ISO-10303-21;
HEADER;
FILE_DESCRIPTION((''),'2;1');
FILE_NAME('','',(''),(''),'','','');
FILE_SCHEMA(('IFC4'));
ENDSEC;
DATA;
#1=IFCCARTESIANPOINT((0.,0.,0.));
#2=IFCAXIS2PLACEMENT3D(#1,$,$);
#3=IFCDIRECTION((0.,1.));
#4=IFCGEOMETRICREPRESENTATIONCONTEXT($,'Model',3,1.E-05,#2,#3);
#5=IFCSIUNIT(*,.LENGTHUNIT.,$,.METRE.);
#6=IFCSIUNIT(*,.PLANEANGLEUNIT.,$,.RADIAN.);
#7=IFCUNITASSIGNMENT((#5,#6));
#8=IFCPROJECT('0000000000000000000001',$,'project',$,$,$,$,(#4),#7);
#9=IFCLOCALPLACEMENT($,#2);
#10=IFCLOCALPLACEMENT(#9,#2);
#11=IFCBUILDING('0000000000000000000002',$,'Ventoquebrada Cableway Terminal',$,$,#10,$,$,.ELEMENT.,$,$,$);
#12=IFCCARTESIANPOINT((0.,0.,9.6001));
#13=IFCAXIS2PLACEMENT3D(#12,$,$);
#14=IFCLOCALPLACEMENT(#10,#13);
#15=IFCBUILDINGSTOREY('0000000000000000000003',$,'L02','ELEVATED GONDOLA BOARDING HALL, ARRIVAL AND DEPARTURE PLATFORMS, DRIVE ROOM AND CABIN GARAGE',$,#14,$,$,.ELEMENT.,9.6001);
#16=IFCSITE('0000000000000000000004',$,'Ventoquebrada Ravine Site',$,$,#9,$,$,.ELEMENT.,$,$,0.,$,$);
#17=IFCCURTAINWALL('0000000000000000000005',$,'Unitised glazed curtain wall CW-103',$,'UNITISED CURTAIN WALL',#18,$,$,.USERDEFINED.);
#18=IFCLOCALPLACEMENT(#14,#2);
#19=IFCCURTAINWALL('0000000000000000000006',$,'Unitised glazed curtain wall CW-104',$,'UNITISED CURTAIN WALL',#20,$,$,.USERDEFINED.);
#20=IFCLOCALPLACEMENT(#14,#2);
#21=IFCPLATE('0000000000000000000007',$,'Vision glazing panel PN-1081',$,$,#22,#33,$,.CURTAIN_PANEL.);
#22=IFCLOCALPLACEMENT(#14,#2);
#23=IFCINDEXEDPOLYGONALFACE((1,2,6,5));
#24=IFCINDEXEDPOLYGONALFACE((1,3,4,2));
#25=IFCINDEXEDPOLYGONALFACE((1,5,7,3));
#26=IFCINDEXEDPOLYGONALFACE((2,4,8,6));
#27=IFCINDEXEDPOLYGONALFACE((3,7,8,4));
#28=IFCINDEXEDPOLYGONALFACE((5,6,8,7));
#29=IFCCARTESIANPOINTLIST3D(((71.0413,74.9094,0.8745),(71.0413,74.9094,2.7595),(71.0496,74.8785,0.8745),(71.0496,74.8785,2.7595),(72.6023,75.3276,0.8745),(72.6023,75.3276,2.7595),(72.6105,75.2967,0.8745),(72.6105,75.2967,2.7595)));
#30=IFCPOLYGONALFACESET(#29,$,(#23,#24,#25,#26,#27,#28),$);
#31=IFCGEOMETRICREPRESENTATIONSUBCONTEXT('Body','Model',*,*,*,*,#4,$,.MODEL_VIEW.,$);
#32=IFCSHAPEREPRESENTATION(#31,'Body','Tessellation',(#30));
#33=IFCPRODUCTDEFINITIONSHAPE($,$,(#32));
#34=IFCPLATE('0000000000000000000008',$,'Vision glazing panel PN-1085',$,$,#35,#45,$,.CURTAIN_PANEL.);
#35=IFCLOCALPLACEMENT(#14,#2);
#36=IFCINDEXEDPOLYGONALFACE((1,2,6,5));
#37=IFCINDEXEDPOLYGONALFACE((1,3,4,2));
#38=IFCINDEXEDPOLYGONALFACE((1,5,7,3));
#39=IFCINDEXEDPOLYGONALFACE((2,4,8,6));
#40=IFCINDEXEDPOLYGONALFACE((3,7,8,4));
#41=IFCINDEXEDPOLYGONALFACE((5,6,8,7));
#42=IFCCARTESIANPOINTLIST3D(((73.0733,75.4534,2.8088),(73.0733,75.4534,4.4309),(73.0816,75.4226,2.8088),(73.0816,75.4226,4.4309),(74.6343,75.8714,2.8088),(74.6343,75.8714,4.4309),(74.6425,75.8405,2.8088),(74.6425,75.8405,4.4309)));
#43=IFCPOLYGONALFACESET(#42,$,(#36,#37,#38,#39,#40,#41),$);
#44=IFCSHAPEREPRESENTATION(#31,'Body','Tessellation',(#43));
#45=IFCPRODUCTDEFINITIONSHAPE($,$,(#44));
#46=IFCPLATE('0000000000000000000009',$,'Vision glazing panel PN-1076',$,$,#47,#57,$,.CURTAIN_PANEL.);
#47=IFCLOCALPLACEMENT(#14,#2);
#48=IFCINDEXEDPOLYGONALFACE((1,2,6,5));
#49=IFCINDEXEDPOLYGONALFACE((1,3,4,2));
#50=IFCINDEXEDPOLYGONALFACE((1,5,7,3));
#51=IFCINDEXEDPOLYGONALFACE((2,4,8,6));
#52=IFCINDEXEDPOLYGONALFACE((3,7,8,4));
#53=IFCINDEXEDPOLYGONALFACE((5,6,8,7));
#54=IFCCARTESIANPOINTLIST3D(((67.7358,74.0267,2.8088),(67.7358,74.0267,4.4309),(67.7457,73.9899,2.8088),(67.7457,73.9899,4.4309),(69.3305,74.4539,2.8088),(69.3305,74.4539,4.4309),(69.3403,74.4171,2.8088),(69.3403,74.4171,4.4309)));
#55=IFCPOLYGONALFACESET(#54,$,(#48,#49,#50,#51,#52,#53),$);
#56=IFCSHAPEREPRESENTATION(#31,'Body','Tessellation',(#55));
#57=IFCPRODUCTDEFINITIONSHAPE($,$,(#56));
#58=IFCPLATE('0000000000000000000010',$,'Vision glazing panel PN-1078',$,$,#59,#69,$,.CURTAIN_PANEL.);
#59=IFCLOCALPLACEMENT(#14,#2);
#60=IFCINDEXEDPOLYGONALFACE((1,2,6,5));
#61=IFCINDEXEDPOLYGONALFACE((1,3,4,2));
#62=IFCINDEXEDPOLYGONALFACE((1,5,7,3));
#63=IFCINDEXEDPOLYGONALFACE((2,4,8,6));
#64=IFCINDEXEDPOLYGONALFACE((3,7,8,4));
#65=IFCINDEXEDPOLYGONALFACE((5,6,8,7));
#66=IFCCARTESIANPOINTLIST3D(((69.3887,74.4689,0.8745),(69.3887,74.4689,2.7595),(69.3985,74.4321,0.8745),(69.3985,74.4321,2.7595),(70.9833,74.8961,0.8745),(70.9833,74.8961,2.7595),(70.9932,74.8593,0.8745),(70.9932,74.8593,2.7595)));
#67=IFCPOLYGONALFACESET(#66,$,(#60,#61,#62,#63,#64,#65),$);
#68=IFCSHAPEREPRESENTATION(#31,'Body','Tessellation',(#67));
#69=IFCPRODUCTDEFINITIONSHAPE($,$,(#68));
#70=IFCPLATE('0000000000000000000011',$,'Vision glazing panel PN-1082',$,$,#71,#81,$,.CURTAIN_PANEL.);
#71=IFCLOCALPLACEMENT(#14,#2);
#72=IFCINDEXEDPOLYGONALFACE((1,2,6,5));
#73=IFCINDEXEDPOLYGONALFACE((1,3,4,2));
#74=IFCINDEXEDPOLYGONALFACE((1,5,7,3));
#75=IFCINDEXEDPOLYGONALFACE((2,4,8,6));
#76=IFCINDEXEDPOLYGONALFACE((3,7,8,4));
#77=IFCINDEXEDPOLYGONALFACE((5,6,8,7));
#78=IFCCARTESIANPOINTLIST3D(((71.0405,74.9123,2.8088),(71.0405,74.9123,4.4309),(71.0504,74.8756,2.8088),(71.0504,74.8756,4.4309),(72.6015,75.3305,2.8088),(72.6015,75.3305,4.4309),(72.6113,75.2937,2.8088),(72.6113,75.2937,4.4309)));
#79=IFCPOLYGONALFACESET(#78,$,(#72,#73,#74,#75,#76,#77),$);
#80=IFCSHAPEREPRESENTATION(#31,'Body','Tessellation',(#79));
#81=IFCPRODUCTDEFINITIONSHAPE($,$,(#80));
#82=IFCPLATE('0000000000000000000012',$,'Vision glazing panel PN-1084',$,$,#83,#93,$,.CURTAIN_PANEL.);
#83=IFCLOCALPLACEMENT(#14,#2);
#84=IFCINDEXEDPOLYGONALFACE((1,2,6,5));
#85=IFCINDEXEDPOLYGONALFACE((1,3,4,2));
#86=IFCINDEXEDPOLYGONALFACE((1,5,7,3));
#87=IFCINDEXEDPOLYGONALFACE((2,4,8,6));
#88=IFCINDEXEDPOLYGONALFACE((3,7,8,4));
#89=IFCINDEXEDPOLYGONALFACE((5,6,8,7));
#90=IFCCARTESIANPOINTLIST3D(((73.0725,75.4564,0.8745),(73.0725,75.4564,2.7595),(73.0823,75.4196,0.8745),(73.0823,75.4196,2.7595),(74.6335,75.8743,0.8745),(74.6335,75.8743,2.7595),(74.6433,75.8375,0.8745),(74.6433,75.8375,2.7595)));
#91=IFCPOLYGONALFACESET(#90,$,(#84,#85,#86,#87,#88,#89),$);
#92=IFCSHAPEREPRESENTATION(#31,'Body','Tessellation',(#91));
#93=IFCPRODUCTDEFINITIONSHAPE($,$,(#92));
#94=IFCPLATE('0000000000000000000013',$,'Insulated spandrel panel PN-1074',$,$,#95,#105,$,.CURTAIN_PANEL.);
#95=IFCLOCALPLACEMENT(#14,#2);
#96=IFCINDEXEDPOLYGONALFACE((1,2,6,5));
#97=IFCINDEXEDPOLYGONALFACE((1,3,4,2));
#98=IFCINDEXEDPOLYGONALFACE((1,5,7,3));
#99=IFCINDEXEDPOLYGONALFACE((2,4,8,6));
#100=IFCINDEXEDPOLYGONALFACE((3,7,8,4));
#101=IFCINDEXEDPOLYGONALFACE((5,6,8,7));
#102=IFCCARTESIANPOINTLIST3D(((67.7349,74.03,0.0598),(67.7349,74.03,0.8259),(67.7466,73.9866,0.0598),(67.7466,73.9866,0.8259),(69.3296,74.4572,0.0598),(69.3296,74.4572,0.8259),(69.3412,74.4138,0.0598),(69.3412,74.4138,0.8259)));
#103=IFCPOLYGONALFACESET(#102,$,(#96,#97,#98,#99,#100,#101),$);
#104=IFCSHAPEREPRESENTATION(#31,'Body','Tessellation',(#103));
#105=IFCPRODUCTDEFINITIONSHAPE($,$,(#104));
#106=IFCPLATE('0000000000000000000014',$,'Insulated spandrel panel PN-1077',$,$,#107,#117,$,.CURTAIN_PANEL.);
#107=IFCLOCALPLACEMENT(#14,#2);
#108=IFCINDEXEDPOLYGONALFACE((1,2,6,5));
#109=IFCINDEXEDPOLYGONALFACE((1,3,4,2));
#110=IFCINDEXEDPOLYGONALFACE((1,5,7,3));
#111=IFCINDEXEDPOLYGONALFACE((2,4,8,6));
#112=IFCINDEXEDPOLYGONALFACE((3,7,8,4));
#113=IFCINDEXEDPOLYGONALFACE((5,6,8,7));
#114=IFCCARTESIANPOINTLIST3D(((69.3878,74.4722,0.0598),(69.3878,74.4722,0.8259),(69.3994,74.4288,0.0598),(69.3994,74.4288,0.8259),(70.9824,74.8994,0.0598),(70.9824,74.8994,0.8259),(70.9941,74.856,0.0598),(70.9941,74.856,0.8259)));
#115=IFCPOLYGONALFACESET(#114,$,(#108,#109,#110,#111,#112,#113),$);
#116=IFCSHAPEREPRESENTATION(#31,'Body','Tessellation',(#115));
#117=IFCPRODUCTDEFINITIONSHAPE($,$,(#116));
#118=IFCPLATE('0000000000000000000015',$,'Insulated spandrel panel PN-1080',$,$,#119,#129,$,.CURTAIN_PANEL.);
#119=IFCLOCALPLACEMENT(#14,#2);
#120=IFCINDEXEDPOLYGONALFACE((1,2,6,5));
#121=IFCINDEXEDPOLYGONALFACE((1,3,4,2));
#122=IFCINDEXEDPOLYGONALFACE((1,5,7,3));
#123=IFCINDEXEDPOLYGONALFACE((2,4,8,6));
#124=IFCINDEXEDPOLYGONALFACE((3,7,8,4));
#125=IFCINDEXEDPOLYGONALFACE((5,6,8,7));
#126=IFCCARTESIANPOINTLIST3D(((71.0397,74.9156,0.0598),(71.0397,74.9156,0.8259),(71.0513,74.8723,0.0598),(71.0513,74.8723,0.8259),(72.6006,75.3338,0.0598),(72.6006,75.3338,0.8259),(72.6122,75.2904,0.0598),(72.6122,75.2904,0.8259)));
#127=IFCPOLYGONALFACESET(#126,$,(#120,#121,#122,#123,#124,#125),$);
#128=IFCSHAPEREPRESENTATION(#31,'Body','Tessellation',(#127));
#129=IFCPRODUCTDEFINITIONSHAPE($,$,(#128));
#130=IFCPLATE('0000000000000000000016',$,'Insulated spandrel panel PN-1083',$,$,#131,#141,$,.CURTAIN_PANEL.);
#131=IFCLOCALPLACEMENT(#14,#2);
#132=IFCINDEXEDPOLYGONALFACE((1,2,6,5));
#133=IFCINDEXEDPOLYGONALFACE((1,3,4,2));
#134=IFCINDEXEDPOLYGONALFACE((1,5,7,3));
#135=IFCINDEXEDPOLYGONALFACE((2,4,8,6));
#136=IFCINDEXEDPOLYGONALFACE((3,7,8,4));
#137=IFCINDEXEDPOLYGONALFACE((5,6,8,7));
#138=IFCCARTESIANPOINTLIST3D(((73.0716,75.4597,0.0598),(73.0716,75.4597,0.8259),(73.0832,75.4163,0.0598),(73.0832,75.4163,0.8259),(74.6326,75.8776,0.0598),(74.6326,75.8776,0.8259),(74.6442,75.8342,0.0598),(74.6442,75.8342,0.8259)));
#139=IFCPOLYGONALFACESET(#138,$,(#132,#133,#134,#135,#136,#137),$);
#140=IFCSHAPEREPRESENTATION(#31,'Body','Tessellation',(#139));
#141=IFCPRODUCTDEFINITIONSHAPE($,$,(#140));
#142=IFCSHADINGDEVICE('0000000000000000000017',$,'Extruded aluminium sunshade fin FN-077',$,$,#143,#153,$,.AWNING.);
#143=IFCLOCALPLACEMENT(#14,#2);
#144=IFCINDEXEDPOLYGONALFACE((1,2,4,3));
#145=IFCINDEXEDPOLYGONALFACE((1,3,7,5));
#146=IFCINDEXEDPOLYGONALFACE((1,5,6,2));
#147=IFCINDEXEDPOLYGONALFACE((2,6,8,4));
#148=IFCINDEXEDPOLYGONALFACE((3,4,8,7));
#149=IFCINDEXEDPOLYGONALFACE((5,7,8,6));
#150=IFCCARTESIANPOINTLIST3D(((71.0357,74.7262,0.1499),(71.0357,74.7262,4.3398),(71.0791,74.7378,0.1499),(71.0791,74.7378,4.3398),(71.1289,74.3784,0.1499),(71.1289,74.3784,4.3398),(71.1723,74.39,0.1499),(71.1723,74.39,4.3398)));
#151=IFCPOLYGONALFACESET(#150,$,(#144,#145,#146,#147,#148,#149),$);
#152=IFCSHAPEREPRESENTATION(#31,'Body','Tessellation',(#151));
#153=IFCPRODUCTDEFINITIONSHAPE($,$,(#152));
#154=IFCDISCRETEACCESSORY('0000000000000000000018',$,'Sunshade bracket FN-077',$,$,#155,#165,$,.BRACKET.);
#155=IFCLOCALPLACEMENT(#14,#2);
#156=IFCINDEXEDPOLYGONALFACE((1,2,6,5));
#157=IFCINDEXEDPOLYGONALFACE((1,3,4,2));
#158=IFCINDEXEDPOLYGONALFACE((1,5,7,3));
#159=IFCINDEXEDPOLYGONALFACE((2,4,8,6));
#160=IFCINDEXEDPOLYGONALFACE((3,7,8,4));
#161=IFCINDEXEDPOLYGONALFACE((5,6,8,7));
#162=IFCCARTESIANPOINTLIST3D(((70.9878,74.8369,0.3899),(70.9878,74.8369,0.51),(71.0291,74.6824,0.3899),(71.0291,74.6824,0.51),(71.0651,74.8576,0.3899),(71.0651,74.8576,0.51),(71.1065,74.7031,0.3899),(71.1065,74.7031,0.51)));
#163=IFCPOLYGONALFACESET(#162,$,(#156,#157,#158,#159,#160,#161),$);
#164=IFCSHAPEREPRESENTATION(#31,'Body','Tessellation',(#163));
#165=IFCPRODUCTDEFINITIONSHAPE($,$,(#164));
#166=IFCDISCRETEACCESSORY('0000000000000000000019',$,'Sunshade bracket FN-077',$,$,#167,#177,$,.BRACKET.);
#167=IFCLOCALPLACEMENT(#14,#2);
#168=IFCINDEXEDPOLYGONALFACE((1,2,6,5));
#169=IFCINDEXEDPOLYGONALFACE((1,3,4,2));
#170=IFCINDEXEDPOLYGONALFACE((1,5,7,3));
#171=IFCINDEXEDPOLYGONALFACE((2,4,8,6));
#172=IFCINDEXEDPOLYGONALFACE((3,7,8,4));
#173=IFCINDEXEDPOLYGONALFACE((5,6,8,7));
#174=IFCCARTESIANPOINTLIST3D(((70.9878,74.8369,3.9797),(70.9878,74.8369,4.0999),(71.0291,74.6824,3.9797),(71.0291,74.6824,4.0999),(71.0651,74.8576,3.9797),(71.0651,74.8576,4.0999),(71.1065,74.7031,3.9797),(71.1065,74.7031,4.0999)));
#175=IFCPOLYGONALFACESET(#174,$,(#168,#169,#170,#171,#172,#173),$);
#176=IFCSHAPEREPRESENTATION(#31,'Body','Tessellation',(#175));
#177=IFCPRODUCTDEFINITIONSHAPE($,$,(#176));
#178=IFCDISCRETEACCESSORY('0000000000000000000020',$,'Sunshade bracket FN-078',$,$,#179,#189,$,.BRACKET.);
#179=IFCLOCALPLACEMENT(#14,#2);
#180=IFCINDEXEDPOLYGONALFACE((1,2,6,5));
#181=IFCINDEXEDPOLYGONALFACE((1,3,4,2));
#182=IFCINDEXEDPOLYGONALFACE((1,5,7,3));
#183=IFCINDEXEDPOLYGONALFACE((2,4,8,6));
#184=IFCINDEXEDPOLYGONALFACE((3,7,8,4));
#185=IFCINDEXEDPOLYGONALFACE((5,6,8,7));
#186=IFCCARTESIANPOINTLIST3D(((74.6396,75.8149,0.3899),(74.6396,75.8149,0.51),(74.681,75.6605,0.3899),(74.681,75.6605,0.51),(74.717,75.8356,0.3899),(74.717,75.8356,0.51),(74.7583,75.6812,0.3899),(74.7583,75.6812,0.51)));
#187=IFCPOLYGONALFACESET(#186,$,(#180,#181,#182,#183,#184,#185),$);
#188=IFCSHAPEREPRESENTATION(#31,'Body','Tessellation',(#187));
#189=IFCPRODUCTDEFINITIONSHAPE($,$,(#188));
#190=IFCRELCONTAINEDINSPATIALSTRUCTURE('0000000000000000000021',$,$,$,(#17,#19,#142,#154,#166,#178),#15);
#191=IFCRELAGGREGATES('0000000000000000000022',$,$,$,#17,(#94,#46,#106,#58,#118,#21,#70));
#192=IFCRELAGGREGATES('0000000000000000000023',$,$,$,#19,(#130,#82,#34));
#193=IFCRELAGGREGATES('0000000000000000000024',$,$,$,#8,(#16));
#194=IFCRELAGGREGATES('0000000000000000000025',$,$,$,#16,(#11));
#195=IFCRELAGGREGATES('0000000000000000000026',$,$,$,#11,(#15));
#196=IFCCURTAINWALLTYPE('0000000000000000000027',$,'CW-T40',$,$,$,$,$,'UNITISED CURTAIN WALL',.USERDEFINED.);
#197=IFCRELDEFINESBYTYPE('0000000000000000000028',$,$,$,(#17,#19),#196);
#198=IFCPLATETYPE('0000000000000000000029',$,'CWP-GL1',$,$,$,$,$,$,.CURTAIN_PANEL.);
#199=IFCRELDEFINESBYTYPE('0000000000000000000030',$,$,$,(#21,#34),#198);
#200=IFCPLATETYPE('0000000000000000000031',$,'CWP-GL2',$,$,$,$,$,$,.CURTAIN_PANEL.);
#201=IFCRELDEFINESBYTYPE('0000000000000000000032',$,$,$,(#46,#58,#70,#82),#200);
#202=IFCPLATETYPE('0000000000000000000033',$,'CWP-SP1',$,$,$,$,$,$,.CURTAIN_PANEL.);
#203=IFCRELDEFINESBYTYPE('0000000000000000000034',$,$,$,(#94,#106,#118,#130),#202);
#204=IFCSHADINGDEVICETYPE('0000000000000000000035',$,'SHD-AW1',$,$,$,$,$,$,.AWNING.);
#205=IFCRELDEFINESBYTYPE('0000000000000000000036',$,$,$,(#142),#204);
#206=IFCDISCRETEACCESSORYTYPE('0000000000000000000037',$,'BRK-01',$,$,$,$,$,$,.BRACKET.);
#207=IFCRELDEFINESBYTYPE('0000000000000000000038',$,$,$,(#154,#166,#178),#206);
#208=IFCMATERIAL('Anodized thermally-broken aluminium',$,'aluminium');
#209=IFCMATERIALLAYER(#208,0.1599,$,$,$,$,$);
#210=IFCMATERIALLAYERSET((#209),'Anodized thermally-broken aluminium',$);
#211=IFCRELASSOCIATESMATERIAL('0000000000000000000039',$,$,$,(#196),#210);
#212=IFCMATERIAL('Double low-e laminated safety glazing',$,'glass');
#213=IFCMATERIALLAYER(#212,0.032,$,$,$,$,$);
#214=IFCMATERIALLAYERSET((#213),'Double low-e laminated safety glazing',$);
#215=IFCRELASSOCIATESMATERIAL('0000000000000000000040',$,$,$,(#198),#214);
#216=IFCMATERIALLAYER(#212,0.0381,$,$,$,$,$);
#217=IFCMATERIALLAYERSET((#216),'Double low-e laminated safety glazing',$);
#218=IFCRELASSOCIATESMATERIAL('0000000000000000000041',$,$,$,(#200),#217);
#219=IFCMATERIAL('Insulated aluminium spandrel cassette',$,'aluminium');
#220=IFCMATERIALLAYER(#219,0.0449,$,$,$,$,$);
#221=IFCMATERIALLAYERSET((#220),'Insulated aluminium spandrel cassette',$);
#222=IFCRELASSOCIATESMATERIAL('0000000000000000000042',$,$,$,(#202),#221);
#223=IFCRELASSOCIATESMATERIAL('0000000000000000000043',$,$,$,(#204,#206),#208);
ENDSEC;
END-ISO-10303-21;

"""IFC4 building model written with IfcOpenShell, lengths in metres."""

from ifc_helpers import new_model, si_unit, direction, frame, origin, origin_2d, place, context, subcontext, project, spatial, rectangle, extrude, material, layer, layer_set, type_object, element, aggregate, save


model = new_model("IFC4")

# Units and contexts
model_context = context("Model", 3, precision=1e-05, world=origin(), true_north=direction((0.0, 1.0)))
body_context = subcontext(model_context, "Body", "Model", "MODEL_VIEW")
ifc_project = project(units=[si_unit("LENGTHUNIT", "METRE"), si_unit("PLANEANGLEUNIT", "RADIAN")], contexts=[model_context])

# Site, building, storey
site_placement = place(None, origin())
site = spatial("IfcSite", under=ifc_project, at=site_placement, Name="Ventoquebrada Ravine Site", CompositionType="ELEMENT", RefElevation=0.0)
building_placement = place(site_placement, origin())
building = spatial("IfcBuilding", under=site, at=building_placement, Name="Ventoquebrada Cableway Terminal", CompositionType="ELEMENT")
storey_placement = place(building_placement, frame((0.0, 0.0, 9.6001)))
storey = spatial("IfcBuildingStorey", under=building, at=storey_placement, Name="L02", Description="ELEVATED GONDOLA BOARDING HALL, ARRIVAL AND DEPARTURE PLATFORMS, DRIVE ROOM AND CABIN GARAGE", CompositionType="ELEMENT", Elevation=9.6001)

# Curtain walls
ifc_material_1 = material(Name="Anodized thermally-broken aluminium", Category="aluminium")
ifc_layer_1 = layer(ifc_material_1, 0.1599)
ifc_layer_set_1 = layer_set([ifc_layer_1], Name="Anodized thermally-broken aluminium")
curtain_wall_type = type_object("IfcCurtainWallType", Name="CW-T40", ElementType="UNITISED CURTAIN WALL", PredefinedType="USERDEFINED", material=ifc_layer_set_1)
curtain_wall_1_placement = place(storey_placement, origin())
curtain_wall_1 = element("IfcCurtainWall", 1, at=curtain_wall_1_placement, inside=storey, type_object=curtain_wall_type, Name="Unitised glazed curtain wall CW-103", ObjectType="UNITISED CURTAIN WALL", PredefinedType="USERDEFINED")
curtain_wall_2_placement = place(storey_placement, origin())
curtain_wall_2 = element("IfcCurtainWall", 2, at=curtain_wall_2_placement, inside=storey, type_object=curtain_wall_type, Name="Unitised glazed curtain wall CW-104", ObjectType="UNITISED CURTAIN WALL", PredefinedType="USERDEFINED")

# Plates
ifc_material_2 = material(Name="Double low-e laminated safety glazing", Category="glass")
ifc_layer_2 = layer(ifc_material_2, 0.032)
ifc_layer_set_2 = layer_set([ifc_layer_2], Name="Double low-e laminated safety glazing")
plate_type_1 = type_object("IfcPlateType", Name="CWP-GL1", PredefinedType="CURTAIN_PANEL", material=ifc_layer_set_2)
plate_1_placement = place(storey_placement, frame((71.8259, 75.103, 0.8745), z_axis=(0.0, 0.0, 1.0), x_axis=(0.965939, 0.258768, 0.0)))
plate_1 = element("IfcPlate", 3, at=plate_1_placement, type_object=plate_type_1, Name="Vision glazing panel PN-1081", PredefinedType="CURTAIN_PANEL", context=body_context, shape_type="SweptSolid", body=[
    extrude(rectangle(XDim=1.616, YDim=0.032, at=origin_2d()), origin(), (0.0, 0.0, 1.0), 1.885),
])
plate_2_placement = place(storey_placement, frame((73.8579, 75.647, 2.8088), z_axis=(0.0, 0.0, 1.0), x_axis=(0.965975, 0.258634, 0.0)))
plate_2 = element("IfcPlate", 4, at=plate_2_placement, type_object=plate_type_1, Name="Vision glazing panel PN-1085", PredefinedType="CURTAIN_PANEL", context=body_context, shape_type="SweptSolid", body=[
    extrude(rectangle(XDim=1.616, YDim=0.032, at=origin_2d()), origin(), (0.0, 0.0, 1.0), 1.6221),
])
ifc_layer_3 = layer(ifc_material_2, 0.0381)
ifc_layer_set_3 = layer_set([ifc_layer_3], Name="Double low-e laminated safety glazing")
plate_type_2 = type_object("IfcPlateType", Name="CWP-GL2", PredefinedType="CURTAIN_PANEL", material=ifc_layer_set_3)
plate_3_placement = place(storey_placement, frame((68.5381, 74.2219, 2.8088), z_axis=(0.0, 0.0, 1.0), x_axis=(0.965939, 0.258768, 0.0)))
plate_3 = element("IfcPlate", 5, at=plate_3_placement, type_object=plate_type_2, Name="Vision glazing panel PN-1076", PredefinedType="CURTAIN_PANEL", context=body_context, shape_type="SweptSolid", body=[
    extrude(rectangle(XDim=1.6509, YDim=0.0381, at=origin_2d()), origin(), (0.0, 0.0, 1.0), 1.6221),
])
plate_4_placement = place(storey_placement, frame((70.1909, 74.6641, 0.8745), z_axis=(0.0, 0.0, 1.0), x_axis=(0.965939, 0.258768, 0.0)))
plate_4 = element("IfcPlate", 6, at=plate_4_placement, type_object=plate_type_2, Name="Vision glazing panel PN-1078", PredefinedType="CURTAIN_PANEL", context=body_context, shape_type="SweptSolid", body=[
    extrude(rectangle(XDim=1.6509, YDim=0.0381, at=origin_2d()), origin(), (0.0, 0.0, 1.0), 1.885),
])
plate_5_placement = place(storey_placement, frame((71.8259, 75.103, 2.8088), z_axis=(0.0, 0.0, 1.0), x_axis=(0.965939, 0.258768, 0.0)))
plate_5 = element("IfcPlate", 7, at=plate_5_placement, type_object=plate_type_2, Name="Vision glazing panel PN-1082", PredefinedType="CURTAIN_PANEL", context=body_context, shape_type="SweptSolid", body=[
    extrude(rectangle(XDim=1.616, YDim=0.0381, at=origin_2d()), origin(), (0.0, 0.0, 1.0), 1.6221),
])
plate_6_placement = place(storey_placement, frame((73.8579, 75.647, 0.8745), z_axis=(0.0, 0.0, 1.0), x_axis=(0.965975, 0.258634, 0.0)))
plate_6 = element("IfcPlate", 8, at=plate_6_placement, type_object=plate_type_2, Name="Vision glazing panel PN-1084", PredefinedType="CURTAIN_PANEL", context=body_context, shape_type="SweptSolid", body=[
    extrude(rectangle(XDim=1.616, YDim=0.0381, at=origin_2d()), origin(), (0.0, 0.0, 1.0), 1.885),
])
ifc_material_3 = material(Name="Insulated aluminium spandrel cassette", Category="aluminium")
ifc_layer_4 = layer(ifc_material_3, 0.0449)
ifc_layer_set_4 = layer_set([ifc_layer_4], Name="Insulated aluminium spandrel cassette")
plate_type_3 = type_object("IfcPlateType", Name="CWP-SP1", PredefinedType="CURTAIN_PANEL", material=ifc_layer_set_4)
plate_7_placement = place(storey_placement, frame((68.5381, 74.2219, 0.0598), z_axis=(0.0, 0.0, 1.0), x_axis=(0.965939, 0.258768, 0.0)))
plate_7 = element("IfcPlate", 9, at=plate_7_placement, type_object=plate_type_3, Name="Insulated spandrel panel PN-1074", PredefinedType="CURTAIN_PANEL", context=body_context, shape_type="SweptSolid", body=[
    extrude(rectangle(XDim=1.6509, YDim=0.0449, at=origin_2d()), origin(), (0.0, 0.0, 1.0), 0.7661),
])
plate_8_placement = place(storey_placement, frame((70.1909, 74.6641, 0.0598), z_axis=(0.0, 0.0, 1.0), x_axis=(0.965939, 0.258768, 0.0)))
plate_8 = element("IfcPlate", 10, at=plate_8_placement, type_object=plate_type_3, Name="Insulated spandrel panel PN-1077", PredefinedType="CURTAIN_PANEL", context=body_context, shape_type="SweptSolid", body=[
    extrude(rectangle(XDim=1.6509, YDim=0.0449, at=origin_2d()), origin(), (0.0, 0.0, 1.0), 0.7661),
])
plate_9_placement = place(storey_placement, frame((71.8259, 75.103, 0.0598), z_axis=(0.0, 0.0, 1.0), x_axis=(0.965939, 0.258768, 0.0)))
plate_9 = element("IfcPlate", 11, at=plate_9_placement, type_object=plate_type_3, Name="Insulated spandrel panel PN-1080", PredefinedType="CURTAIN_PANEL", context=body_context, shape_type="SweptSolid", body=[
    extrude(rectangle(XDim=1.616, YDim=0.0449, at=origin_2d()), origin(), (0.0, 0.0, 1.0), 0.7661),
])
aggregate(curtain_wall_1, [plate_7, plate_3, plate_8, plate_4, plate_9, plate_1, plate_5])
plate_10_placement = place(storey_placement, frame((73.8579, 75.647, 0.0598), z_axis=(0.0, 0.0, 1.0), x_axis=(0.965975, 0.258634, 0.0)))
plate_10 = element("IfcPlate", 12, at=plate_10_placement, type_object=plate_type_3, Name="Insulated spandrel panel PN-1083", PredefinedType="CURTAIN_PANEL", context=body_context, shape_type="SweptSolid", body=[
    extrude(rectangle(XDim=1.616, YDim=0.0449, at=origin_2d()), origin(), (0.0, 0.0, 1.0), 0.7661),
])
aggregate(curtain_wall_2, [plate_10, plate_6, plate_2])

# Shading device
shading_device_type = type_object("IfcShadingDeviceType", Name="SHD-AW1", PredefinedType="AWNING", material=ifc_material_1)
shading_device_placement = place(storey_placement, frame((71.104, 74.5581, 0.1499), z_axis=(0.0, 0.0, 1.0), x_axis=(0.965939, 0.258768, 0.0)))
element("IfcShadingDevice", 13, at=shading_device_placement, inside=storey, type_object=shading_device_type, Name="Extruded aluminium sunshade fin FN-077", PredefinedType="AWNING", context=body_context, shape_type="SweptSolid", body=[
    extrude(rectangle(XDim=0.0449, YDim=0.3601, at=origin_2d()), origin(), (0.0, 0.0, 1.0), 4.1899),
])

# Discrete accessories
discrete_accessory_type = type_object("IfcDiscreteAccessoryType", Name="BRK-01", PredefinedType="BRACKET", material=ifc_material_1)
for number, where, z_axis, x_axis, name in (
    (14, (71.0471, 74.77, 0.3899), (0.0, 0.0, 1.0), (0.965939, 0.258768, 0.0), "Sunshade bracket FN-077"),
    (15, (71.0471, 74.77, 3.9797), (0.0, 0.0, 1.0), (0.965939, 0.258768, 0.0), "Sunshade bracket FN-077"),
    (16, (74.699, 75.748, 0.3899), (0.0, 0.0, 1.0), (0.965975, 0.258634, 0.0), "Sunshade bracket FN-078"),
):
    element("IfcDiscreteAccessory", number, at=place(storey_placement, frame(where, z_axis=z_axis, x_axis=x_axis)), inside=storey, type_object=discrete_accessory_type, Name=name, PredefinedType="BRACKET", context=body_context, shape_type="SweptSolid", body=[
        extrude(rectangle(XDim=0.0801, YDim=0.1599, at=origin_2d()), origin(), (0.0, 0.0, 1.0), 0.1201),
    ])

save(model, "model.ifc")
